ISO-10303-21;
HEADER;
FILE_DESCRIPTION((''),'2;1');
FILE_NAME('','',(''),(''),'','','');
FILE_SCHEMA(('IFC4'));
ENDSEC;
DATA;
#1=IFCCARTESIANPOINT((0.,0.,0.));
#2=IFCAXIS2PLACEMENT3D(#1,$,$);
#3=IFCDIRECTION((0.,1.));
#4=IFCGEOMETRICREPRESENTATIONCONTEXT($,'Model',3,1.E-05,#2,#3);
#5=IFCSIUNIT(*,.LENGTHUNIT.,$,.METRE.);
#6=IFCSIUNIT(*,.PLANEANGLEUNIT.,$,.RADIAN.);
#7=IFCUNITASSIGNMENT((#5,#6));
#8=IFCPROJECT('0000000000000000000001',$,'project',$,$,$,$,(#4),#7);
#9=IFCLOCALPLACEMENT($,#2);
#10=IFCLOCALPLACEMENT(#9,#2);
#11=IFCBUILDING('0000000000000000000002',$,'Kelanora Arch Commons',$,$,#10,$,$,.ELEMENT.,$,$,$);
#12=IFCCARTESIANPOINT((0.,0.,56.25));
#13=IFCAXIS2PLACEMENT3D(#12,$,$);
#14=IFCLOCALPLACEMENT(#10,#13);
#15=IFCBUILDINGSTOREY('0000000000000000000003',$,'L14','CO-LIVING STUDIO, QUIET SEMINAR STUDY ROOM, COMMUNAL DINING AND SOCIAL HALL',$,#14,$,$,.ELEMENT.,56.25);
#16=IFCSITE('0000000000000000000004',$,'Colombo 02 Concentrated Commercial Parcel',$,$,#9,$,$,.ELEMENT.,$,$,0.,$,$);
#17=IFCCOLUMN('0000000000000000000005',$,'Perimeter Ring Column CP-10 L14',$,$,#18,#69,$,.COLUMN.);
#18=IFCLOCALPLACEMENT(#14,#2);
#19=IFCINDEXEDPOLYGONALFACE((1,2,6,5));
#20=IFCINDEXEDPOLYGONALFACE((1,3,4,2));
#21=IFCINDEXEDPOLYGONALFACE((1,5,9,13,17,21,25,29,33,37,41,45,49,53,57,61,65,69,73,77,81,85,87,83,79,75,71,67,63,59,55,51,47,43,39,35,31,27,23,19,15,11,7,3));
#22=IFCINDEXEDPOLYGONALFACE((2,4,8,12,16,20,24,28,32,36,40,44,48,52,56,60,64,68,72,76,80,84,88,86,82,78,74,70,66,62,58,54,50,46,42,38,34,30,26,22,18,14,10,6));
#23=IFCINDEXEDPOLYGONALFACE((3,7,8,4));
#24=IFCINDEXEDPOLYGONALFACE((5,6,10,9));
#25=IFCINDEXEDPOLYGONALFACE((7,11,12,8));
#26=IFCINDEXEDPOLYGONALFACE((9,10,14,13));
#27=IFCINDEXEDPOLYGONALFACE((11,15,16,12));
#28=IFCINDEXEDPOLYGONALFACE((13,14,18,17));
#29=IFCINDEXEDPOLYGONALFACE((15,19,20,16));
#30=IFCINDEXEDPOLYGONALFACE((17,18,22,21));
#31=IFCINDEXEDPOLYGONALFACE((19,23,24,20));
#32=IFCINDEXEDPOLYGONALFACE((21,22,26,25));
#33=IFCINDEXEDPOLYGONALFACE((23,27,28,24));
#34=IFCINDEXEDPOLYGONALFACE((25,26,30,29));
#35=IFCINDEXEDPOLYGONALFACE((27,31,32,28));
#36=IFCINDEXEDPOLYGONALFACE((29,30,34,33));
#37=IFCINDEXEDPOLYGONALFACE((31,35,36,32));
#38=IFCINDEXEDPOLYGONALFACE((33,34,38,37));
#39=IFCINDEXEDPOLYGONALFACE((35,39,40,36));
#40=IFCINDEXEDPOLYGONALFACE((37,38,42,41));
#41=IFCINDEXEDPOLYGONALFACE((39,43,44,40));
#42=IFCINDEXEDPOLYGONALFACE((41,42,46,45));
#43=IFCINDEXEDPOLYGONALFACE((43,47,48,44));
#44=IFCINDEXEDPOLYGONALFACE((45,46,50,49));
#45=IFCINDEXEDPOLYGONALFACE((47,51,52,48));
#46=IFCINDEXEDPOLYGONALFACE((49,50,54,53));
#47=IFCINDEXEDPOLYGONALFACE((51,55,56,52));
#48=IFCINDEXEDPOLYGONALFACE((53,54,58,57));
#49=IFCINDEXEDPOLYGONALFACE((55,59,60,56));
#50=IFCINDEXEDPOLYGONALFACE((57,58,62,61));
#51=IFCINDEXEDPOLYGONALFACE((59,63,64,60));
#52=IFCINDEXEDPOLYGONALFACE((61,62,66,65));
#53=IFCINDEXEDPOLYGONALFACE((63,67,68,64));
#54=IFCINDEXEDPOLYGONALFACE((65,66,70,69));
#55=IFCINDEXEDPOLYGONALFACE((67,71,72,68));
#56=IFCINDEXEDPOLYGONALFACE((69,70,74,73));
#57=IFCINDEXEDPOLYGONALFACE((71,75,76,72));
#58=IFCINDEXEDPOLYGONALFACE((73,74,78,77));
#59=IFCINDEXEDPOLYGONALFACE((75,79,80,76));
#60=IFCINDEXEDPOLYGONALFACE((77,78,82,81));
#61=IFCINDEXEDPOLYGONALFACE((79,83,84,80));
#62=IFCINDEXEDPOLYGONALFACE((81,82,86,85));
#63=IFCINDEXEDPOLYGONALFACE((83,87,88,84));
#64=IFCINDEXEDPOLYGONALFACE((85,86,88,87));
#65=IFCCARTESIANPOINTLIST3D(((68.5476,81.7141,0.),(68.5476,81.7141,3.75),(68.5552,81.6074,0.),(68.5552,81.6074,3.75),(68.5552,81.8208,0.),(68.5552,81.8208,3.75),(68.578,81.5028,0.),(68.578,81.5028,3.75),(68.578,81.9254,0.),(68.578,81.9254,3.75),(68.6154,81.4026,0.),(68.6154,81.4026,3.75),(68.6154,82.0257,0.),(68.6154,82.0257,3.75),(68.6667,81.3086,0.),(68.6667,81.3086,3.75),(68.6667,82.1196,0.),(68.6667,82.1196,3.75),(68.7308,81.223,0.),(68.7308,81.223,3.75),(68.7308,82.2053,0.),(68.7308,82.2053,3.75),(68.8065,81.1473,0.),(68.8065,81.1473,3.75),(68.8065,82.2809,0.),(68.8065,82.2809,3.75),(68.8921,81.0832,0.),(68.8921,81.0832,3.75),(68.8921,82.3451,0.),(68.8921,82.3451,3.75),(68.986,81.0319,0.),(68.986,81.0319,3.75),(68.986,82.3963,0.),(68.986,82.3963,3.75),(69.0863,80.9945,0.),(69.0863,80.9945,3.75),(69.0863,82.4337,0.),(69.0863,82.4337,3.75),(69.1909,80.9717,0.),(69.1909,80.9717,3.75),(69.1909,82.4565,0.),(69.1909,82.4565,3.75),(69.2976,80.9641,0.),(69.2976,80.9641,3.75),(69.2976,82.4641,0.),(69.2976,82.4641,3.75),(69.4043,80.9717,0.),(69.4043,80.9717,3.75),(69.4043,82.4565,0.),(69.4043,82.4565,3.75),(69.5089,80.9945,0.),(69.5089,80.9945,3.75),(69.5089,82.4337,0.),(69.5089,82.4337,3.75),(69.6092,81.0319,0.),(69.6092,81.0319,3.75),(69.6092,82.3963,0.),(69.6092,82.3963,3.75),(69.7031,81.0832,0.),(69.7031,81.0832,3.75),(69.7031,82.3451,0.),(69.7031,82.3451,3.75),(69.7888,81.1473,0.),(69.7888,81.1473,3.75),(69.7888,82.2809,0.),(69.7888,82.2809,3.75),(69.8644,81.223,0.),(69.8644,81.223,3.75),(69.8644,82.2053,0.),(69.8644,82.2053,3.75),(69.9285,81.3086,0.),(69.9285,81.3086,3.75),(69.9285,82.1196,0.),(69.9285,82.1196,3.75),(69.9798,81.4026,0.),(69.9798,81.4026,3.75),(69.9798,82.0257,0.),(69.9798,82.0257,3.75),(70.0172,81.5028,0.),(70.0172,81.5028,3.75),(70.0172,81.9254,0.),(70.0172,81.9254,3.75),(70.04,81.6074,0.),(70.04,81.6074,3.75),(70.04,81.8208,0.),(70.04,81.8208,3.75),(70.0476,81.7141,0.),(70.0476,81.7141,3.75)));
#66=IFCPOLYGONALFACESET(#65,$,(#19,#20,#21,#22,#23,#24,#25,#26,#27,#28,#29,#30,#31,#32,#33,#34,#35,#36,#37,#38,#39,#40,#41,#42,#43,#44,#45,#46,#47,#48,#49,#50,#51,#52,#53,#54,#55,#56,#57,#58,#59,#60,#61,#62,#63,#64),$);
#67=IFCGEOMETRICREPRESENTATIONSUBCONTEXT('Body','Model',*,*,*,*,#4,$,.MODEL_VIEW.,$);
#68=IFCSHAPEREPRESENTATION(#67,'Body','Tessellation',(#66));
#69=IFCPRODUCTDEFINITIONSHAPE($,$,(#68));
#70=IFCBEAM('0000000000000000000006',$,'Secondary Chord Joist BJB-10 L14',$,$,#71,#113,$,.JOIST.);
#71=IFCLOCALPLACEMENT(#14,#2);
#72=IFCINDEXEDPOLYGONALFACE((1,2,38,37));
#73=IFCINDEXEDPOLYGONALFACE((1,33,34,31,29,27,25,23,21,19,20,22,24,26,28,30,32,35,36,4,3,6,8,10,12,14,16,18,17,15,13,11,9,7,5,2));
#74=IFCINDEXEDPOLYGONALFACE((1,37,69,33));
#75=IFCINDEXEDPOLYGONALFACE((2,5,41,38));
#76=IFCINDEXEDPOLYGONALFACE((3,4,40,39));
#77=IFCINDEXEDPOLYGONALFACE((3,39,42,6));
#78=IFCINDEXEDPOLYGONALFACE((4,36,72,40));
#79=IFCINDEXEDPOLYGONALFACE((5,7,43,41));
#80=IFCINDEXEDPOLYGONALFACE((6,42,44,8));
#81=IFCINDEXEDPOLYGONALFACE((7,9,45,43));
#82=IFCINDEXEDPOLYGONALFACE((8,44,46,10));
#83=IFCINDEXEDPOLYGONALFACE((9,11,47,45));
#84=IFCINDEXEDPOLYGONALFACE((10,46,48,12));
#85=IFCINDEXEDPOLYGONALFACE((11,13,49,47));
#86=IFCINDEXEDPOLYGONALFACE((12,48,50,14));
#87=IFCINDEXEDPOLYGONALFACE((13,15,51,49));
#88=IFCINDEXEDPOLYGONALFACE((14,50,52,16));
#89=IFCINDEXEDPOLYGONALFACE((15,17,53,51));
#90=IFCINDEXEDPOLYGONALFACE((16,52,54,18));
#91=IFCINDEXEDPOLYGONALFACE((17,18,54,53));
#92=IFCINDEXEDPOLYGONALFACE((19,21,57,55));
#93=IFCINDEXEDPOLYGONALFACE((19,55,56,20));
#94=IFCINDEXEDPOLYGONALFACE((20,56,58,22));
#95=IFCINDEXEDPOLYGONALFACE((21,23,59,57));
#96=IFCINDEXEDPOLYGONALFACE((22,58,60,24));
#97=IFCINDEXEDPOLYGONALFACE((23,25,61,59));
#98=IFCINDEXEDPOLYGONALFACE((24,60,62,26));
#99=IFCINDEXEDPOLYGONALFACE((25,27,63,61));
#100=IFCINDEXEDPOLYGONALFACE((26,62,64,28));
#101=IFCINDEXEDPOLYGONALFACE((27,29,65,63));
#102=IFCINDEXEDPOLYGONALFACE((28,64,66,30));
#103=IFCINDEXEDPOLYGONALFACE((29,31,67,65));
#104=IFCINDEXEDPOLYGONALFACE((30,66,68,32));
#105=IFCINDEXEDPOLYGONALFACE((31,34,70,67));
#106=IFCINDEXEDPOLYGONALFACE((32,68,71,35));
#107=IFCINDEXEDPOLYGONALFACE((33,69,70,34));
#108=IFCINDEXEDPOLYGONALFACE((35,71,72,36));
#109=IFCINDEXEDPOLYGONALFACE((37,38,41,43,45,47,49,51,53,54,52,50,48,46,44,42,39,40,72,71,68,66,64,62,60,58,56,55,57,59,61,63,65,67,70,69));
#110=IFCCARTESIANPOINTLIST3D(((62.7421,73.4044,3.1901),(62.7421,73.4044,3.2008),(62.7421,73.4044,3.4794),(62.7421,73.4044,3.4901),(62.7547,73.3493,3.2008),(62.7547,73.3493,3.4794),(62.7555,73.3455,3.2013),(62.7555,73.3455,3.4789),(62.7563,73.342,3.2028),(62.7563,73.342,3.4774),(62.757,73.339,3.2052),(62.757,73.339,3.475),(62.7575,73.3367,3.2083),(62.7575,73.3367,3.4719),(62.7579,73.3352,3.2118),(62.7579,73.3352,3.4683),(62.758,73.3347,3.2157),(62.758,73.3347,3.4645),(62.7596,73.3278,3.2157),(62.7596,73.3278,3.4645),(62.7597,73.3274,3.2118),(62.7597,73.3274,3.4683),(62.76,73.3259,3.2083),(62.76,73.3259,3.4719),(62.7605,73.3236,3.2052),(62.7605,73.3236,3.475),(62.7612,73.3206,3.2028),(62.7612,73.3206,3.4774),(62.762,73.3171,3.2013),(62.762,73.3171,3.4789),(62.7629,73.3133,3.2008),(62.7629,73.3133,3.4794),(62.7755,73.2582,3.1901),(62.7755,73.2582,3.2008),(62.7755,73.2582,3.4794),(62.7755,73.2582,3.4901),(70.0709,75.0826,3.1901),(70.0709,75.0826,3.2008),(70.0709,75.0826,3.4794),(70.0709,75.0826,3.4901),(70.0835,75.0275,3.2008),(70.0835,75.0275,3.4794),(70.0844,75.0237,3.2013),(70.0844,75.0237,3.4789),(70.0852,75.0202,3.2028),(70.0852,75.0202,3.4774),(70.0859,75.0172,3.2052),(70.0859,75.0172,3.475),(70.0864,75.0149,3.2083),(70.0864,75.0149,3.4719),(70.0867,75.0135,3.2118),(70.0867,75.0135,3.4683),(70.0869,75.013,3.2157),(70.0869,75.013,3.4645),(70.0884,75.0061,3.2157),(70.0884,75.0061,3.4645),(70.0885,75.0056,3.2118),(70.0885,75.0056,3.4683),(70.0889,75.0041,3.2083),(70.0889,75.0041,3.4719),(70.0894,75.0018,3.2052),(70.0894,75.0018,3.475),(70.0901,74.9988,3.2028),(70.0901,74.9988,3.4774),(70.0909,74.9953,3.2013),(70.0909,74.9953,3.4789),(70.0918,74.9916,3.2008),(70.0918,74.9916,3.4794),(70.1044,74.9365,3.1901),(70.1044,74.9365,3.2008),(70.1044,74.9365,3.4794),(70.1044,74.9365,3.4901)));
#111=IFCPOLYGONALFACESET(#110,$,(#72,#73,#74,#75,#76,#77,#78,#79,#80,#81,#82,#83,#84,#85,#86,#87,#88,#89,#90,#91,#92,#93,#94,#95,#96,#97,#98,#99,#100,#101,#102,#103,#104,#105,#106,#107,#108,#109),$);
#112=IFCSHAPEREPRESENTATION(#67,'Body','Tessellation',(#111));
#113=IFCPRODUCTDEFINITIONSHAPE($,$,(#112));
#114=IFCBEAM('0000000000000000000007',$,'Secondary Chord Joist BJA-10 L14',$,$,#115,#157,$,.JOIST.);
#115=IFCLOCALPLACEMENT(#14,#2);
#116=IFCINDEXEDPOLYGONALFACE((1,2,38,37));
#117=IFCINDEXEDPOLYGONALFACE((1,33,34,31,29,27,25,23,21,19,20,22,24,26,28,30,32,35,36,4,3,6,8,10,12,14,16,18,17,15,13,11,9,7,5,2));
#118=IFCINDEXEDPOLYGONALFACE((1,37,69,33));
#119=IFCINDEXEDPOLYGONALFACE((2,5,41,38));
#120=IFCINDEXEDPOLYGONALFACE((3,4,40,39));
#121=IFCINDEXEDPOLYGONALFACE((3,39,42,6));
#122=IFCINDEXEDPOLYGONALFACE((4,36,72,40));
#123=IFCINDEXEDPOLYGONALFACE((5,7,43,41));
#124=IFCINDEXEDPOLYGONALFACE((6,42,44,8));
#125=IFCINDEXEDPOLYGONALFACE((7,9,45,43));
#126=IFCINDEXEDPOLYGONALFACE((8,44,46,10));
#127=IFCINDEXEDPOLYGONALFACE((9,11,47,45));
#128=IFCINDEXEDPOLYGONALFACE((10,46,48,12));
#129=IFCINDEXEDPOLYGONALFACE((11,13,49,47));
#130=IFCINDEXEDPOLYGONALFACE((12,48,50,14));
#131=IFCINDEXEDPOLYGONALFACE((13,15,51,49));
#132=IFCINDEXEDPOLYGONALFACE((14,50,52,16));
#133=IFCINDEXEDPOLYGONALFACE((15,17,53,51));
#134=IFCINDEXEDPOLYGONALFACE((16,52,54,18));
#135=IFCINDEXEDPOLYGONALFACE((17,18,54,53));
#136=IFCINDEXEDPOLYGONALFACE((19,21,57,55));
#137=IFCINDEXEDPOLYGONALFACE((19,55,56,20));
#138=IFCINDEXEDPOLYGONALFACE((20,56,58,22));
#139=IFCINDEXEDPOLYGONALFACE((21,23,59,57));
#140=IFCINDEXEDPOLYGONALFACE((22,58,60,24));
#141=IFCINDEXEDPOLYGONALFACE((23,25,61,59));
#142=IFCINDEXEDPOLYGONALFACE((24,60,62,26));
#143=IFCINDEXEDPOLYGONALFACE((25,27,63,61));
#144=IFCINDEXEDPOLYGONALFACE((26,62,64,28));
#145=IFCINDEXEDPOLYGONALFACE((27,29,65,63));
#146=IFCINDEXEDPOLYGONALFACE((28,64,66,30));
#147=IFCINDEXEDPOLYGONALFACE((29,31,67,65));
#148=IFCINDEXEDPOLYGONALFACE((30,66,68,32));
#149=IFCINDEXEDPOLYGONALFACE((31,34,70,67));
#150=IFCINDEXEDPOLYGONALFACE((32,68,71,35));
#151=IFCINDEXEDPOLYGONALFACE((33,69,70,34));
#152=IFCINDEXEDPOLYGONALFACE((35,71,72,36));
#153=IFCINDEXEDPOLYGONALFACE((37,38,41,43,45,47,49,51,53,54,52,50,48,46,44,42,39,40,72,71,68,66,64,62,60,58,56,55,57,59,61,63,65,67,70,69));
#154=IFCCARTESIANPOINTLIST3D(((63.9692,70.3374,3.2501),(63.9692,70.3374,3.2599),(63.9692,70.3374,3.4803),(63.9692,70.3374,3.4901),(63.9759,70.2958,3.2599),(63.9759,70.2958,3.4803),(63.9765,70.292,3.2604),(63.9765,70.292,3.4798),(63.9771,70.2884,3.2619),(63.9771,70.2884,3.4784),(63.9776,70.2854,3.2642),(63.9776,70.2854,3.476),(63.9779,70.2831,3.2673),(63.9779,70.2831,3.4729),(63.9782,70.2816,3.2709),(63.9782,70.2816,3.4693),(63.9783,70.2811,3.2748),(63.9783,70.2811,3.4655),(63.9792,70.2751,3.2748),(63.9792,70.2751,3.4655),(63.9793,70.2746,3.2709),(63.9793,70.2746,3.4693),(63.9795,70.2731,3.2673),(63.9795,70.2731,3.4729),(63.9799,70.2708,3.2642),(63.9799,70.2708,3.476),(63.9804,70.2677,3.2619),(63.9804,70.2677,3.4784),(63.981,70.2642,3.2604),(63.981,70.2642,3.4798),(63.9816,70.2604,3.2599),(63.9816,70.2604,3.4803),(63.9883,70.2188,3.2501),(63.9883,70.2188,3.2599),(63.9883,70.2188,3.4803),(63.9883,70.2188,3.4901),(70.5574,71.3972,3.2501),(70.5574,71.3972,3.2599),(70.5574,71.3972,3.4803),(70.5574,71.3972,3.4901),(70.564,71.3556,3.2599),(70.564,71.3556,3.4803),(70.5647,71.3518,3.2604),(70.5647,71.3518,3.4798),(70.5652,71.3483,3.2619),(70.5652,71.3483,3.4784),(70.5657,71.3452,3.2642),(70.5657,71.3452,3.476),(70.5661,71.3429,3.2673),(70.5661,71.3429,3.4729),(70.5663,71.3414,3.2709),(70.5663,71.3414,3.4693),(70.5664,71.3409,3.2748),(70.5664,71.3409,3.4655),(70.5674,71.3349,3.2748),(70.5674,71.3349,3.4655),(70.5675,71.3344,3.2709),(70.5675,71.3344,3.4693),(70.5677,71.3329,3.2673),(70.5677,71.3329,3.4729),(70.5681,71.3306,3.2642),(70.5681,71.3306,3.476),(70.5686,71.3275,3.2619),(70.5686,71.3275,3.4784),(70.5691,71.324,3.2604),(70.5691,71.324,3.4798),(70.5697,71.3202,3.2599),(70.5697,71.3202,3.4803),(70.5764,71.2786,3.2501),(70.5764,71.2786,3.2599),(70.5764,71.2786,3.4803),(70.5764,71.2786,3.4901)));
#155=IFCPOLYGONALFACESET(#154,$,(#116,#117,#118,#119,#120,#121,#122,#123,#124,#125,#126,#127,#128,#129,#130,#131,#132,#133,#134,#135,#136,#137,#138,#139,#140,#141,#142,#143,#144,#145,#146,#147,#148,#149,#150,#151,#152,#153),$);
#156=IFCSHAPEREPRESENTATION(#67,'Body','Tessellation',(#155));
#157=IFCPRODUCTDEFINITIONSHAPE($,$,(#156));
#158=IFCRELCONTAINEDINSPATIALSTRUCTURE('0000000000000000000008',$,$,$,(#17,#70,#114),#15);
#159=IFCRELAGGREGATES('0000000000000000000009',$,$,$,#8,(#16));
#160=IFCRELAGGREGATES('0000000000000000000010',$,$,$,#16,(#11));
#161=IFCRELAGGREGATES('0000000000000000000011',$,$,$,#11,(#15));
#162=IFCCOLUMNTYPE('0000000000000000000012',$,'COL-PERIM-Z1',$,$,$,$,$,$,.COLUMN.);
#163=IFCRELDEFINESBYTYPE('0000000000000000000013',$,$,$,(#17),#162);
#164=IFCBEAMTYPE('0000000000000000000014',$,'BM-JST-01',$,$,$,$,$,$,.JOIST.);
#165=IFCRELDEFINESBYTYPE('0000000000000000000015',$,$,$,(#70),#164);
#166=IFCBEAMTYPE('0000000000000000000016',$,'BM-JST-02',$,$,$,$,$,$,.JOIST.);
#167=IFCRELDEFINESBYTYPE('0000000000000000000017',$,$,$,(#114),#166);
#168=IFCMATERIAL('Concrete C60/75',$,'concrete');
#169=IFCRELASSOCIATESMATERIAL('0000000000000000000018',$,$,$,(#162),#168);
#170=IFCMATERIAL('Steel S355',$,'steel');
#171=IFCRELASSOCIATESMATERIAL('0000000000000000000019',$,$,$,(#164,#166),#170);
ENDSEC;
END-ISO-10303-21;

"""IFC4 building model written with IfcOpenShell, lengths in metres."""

from ifc_helpers import new_model, si_unit, direction, frame, origin, origin_2d, place, context, subcontext, project, spatial, circle, i_section, extrude, material, material_profile, profile_set, type_object, element, save


model = new_model("IFC4")

# Units and contexts
model_context = context("Model", 3, precision=1e-05, world=origin(), true_north=direction((0.0, 1.0)))
body_context = subcontext(model_context, "Body", "Model", "MODEL_VIEW")
ifc_project = project(units=[si_unit("LENGTHUNIT", "METRE"), si_unit("PLANEANGLEUNIT", "RADIAN")], contexts=[model_context])

# Site, building, storey
site_placement = place(None, origin())
site = spatial("IfcSite", under=ifc_project, at=site_placement, Name="Colombo 02 Concentrated Commercial Parcel", CompositionType="ELEMENT", RefElevation=0.0)
building_placement = place(site_placement, origin())
building = spatial("IfcBuilding", under=site, at=building_placement, Name="Kelanora Arch Commons", CompositionType="ELEMENT")
storey_placement = place(building_placement, frame((0.0, 0.0, 56.25)))
storey = spatial("IfcBuildingStorey", under=building, at=storey_placement, Name="L14", Description="CO-LIVING STUDIO, QUIET SEMINAR STUDY ROOM, COMMUNAL DINING AND SOCIAL HALL", CompositionType="ELEMENT", Elevation=56.25)

# Column
ifc_material_1 = material(Name="Concrete C60/75", Category="concrete")
ifc_material_profile_1 = material_profile(ifc_material_1, circle(Radius=0.75, at=origin_2d()), Name="RCC1500")
ifc_profile_set_1 = profile_set([ifc_material_profile_1], Name="Concrete C60/75")
column_type = type_object("IfcColumnType", Name="COL-PERIM-Z1", PredefinedType="COLUMN", material=ifc_profile_set_1)
column_placement = place(storey_placement, frame((69.2976, 81.7141, 0.0), z_axis=(0.0, 0.0, 1.0), x_axis=(1.0, 0.0, 0.0)))
element("IfcColumn", 1, at=column_placement, inside=storey, type_object=column_type, Name="Perimeter Ring Column CP-10 L14", PredefinedType="COLUMN", context=body_context, shape_type="SweptSolid", body=[
    extrude(circle(Radius=0.75, at=origin_2d()), origin(), (0.0, 0.0, 1.0), 3.75),
])

# Beams
ifc_material_2 = material(Name="Steel S355", Category="steel")
ifc_material_profile_2 = material_profile(ifc_material_2, i_section(OverallWidth=0.1499, OverallDepth=0.3, WebThickness=0.0071, FlangeThickness=0.0107, FilletRadius=0.0149, at=origin_2d()), Name="IPE300")
ifc_profile_set_2 = profile_set([ifc_material_profile_2], Name="Steel S355")
beam_type_1 = type_object("IfcBeamType", Name="BM-JST-01", PredefinedType="JOIST", material=ifc_profile_set_2)
beam_1_placement = place(storey_placement, frame((70.0876, 75.0095, 3.3401), z_axis=(-0.97477, -0.223211, 0.0), x_axis=(0.223211, -0.97477, 0.0)))
element("IfcBeam", 2, at=beam_1_placement, inside=storey, type_object=beam_type_1, Name="Secondary Chord Joist BJB-10 L14", PredefinedType="JOIST", context=body_context, shape_type="SweptSolid", body=[
    extrude(i_section(OverallWidth=0.1499, OverallDepth=0.3, WebThickness=0.0071, FlangeThickness=0.0107, FilletRadius=0.0149, at=origin_2d()), origin(), (0.0, 0.0, 1.0), 7.5186),
])
ifc_material_profile_3 = material_profile(ifc_material_2, i_section(OverallWidth=0.1201, OverallDepth=0.24, WebThickness=0.0061, FlangeThickness=0.0098, FilletRadius=0.0149, at=origin_2d()), Name="IPE240")
ifc_profile_set_3 = profile_set([ifc_material_profile_3], Name="Steel S355")
beam_type_2 = type_object("IfcBeamType", Name="BM-JST-02", PredefinedType="JOIST", material=ifc_profile_set_3)
beam_2_placement = place(storey_placement, frame((70.5669, 71.3379, 3.3701), z_axis=(-0.987307, -0.158825, 0.0), x_axis=(0.158825, -0.987307, 0.0)))
element("IfcBeam", 3, at=beam_2_placement, inside=storey, type_object=beam_type_2, Name="Secondary Chord Joist BJA-10 L14", PredefinedType="JOIST", context=body_context, shape_type="SweptSolid", body=[
    extrude(i_section(OverallWidth=0.1201, OverallDepth=0.24, WebThickness=0.0061, FlangeThickness=0.0098, FilletRadius=0.0149, at=origin_2d()), origin(), (0.0, 0.0, 1.0), 6.6729),
])

save(model, "model.ifc")
